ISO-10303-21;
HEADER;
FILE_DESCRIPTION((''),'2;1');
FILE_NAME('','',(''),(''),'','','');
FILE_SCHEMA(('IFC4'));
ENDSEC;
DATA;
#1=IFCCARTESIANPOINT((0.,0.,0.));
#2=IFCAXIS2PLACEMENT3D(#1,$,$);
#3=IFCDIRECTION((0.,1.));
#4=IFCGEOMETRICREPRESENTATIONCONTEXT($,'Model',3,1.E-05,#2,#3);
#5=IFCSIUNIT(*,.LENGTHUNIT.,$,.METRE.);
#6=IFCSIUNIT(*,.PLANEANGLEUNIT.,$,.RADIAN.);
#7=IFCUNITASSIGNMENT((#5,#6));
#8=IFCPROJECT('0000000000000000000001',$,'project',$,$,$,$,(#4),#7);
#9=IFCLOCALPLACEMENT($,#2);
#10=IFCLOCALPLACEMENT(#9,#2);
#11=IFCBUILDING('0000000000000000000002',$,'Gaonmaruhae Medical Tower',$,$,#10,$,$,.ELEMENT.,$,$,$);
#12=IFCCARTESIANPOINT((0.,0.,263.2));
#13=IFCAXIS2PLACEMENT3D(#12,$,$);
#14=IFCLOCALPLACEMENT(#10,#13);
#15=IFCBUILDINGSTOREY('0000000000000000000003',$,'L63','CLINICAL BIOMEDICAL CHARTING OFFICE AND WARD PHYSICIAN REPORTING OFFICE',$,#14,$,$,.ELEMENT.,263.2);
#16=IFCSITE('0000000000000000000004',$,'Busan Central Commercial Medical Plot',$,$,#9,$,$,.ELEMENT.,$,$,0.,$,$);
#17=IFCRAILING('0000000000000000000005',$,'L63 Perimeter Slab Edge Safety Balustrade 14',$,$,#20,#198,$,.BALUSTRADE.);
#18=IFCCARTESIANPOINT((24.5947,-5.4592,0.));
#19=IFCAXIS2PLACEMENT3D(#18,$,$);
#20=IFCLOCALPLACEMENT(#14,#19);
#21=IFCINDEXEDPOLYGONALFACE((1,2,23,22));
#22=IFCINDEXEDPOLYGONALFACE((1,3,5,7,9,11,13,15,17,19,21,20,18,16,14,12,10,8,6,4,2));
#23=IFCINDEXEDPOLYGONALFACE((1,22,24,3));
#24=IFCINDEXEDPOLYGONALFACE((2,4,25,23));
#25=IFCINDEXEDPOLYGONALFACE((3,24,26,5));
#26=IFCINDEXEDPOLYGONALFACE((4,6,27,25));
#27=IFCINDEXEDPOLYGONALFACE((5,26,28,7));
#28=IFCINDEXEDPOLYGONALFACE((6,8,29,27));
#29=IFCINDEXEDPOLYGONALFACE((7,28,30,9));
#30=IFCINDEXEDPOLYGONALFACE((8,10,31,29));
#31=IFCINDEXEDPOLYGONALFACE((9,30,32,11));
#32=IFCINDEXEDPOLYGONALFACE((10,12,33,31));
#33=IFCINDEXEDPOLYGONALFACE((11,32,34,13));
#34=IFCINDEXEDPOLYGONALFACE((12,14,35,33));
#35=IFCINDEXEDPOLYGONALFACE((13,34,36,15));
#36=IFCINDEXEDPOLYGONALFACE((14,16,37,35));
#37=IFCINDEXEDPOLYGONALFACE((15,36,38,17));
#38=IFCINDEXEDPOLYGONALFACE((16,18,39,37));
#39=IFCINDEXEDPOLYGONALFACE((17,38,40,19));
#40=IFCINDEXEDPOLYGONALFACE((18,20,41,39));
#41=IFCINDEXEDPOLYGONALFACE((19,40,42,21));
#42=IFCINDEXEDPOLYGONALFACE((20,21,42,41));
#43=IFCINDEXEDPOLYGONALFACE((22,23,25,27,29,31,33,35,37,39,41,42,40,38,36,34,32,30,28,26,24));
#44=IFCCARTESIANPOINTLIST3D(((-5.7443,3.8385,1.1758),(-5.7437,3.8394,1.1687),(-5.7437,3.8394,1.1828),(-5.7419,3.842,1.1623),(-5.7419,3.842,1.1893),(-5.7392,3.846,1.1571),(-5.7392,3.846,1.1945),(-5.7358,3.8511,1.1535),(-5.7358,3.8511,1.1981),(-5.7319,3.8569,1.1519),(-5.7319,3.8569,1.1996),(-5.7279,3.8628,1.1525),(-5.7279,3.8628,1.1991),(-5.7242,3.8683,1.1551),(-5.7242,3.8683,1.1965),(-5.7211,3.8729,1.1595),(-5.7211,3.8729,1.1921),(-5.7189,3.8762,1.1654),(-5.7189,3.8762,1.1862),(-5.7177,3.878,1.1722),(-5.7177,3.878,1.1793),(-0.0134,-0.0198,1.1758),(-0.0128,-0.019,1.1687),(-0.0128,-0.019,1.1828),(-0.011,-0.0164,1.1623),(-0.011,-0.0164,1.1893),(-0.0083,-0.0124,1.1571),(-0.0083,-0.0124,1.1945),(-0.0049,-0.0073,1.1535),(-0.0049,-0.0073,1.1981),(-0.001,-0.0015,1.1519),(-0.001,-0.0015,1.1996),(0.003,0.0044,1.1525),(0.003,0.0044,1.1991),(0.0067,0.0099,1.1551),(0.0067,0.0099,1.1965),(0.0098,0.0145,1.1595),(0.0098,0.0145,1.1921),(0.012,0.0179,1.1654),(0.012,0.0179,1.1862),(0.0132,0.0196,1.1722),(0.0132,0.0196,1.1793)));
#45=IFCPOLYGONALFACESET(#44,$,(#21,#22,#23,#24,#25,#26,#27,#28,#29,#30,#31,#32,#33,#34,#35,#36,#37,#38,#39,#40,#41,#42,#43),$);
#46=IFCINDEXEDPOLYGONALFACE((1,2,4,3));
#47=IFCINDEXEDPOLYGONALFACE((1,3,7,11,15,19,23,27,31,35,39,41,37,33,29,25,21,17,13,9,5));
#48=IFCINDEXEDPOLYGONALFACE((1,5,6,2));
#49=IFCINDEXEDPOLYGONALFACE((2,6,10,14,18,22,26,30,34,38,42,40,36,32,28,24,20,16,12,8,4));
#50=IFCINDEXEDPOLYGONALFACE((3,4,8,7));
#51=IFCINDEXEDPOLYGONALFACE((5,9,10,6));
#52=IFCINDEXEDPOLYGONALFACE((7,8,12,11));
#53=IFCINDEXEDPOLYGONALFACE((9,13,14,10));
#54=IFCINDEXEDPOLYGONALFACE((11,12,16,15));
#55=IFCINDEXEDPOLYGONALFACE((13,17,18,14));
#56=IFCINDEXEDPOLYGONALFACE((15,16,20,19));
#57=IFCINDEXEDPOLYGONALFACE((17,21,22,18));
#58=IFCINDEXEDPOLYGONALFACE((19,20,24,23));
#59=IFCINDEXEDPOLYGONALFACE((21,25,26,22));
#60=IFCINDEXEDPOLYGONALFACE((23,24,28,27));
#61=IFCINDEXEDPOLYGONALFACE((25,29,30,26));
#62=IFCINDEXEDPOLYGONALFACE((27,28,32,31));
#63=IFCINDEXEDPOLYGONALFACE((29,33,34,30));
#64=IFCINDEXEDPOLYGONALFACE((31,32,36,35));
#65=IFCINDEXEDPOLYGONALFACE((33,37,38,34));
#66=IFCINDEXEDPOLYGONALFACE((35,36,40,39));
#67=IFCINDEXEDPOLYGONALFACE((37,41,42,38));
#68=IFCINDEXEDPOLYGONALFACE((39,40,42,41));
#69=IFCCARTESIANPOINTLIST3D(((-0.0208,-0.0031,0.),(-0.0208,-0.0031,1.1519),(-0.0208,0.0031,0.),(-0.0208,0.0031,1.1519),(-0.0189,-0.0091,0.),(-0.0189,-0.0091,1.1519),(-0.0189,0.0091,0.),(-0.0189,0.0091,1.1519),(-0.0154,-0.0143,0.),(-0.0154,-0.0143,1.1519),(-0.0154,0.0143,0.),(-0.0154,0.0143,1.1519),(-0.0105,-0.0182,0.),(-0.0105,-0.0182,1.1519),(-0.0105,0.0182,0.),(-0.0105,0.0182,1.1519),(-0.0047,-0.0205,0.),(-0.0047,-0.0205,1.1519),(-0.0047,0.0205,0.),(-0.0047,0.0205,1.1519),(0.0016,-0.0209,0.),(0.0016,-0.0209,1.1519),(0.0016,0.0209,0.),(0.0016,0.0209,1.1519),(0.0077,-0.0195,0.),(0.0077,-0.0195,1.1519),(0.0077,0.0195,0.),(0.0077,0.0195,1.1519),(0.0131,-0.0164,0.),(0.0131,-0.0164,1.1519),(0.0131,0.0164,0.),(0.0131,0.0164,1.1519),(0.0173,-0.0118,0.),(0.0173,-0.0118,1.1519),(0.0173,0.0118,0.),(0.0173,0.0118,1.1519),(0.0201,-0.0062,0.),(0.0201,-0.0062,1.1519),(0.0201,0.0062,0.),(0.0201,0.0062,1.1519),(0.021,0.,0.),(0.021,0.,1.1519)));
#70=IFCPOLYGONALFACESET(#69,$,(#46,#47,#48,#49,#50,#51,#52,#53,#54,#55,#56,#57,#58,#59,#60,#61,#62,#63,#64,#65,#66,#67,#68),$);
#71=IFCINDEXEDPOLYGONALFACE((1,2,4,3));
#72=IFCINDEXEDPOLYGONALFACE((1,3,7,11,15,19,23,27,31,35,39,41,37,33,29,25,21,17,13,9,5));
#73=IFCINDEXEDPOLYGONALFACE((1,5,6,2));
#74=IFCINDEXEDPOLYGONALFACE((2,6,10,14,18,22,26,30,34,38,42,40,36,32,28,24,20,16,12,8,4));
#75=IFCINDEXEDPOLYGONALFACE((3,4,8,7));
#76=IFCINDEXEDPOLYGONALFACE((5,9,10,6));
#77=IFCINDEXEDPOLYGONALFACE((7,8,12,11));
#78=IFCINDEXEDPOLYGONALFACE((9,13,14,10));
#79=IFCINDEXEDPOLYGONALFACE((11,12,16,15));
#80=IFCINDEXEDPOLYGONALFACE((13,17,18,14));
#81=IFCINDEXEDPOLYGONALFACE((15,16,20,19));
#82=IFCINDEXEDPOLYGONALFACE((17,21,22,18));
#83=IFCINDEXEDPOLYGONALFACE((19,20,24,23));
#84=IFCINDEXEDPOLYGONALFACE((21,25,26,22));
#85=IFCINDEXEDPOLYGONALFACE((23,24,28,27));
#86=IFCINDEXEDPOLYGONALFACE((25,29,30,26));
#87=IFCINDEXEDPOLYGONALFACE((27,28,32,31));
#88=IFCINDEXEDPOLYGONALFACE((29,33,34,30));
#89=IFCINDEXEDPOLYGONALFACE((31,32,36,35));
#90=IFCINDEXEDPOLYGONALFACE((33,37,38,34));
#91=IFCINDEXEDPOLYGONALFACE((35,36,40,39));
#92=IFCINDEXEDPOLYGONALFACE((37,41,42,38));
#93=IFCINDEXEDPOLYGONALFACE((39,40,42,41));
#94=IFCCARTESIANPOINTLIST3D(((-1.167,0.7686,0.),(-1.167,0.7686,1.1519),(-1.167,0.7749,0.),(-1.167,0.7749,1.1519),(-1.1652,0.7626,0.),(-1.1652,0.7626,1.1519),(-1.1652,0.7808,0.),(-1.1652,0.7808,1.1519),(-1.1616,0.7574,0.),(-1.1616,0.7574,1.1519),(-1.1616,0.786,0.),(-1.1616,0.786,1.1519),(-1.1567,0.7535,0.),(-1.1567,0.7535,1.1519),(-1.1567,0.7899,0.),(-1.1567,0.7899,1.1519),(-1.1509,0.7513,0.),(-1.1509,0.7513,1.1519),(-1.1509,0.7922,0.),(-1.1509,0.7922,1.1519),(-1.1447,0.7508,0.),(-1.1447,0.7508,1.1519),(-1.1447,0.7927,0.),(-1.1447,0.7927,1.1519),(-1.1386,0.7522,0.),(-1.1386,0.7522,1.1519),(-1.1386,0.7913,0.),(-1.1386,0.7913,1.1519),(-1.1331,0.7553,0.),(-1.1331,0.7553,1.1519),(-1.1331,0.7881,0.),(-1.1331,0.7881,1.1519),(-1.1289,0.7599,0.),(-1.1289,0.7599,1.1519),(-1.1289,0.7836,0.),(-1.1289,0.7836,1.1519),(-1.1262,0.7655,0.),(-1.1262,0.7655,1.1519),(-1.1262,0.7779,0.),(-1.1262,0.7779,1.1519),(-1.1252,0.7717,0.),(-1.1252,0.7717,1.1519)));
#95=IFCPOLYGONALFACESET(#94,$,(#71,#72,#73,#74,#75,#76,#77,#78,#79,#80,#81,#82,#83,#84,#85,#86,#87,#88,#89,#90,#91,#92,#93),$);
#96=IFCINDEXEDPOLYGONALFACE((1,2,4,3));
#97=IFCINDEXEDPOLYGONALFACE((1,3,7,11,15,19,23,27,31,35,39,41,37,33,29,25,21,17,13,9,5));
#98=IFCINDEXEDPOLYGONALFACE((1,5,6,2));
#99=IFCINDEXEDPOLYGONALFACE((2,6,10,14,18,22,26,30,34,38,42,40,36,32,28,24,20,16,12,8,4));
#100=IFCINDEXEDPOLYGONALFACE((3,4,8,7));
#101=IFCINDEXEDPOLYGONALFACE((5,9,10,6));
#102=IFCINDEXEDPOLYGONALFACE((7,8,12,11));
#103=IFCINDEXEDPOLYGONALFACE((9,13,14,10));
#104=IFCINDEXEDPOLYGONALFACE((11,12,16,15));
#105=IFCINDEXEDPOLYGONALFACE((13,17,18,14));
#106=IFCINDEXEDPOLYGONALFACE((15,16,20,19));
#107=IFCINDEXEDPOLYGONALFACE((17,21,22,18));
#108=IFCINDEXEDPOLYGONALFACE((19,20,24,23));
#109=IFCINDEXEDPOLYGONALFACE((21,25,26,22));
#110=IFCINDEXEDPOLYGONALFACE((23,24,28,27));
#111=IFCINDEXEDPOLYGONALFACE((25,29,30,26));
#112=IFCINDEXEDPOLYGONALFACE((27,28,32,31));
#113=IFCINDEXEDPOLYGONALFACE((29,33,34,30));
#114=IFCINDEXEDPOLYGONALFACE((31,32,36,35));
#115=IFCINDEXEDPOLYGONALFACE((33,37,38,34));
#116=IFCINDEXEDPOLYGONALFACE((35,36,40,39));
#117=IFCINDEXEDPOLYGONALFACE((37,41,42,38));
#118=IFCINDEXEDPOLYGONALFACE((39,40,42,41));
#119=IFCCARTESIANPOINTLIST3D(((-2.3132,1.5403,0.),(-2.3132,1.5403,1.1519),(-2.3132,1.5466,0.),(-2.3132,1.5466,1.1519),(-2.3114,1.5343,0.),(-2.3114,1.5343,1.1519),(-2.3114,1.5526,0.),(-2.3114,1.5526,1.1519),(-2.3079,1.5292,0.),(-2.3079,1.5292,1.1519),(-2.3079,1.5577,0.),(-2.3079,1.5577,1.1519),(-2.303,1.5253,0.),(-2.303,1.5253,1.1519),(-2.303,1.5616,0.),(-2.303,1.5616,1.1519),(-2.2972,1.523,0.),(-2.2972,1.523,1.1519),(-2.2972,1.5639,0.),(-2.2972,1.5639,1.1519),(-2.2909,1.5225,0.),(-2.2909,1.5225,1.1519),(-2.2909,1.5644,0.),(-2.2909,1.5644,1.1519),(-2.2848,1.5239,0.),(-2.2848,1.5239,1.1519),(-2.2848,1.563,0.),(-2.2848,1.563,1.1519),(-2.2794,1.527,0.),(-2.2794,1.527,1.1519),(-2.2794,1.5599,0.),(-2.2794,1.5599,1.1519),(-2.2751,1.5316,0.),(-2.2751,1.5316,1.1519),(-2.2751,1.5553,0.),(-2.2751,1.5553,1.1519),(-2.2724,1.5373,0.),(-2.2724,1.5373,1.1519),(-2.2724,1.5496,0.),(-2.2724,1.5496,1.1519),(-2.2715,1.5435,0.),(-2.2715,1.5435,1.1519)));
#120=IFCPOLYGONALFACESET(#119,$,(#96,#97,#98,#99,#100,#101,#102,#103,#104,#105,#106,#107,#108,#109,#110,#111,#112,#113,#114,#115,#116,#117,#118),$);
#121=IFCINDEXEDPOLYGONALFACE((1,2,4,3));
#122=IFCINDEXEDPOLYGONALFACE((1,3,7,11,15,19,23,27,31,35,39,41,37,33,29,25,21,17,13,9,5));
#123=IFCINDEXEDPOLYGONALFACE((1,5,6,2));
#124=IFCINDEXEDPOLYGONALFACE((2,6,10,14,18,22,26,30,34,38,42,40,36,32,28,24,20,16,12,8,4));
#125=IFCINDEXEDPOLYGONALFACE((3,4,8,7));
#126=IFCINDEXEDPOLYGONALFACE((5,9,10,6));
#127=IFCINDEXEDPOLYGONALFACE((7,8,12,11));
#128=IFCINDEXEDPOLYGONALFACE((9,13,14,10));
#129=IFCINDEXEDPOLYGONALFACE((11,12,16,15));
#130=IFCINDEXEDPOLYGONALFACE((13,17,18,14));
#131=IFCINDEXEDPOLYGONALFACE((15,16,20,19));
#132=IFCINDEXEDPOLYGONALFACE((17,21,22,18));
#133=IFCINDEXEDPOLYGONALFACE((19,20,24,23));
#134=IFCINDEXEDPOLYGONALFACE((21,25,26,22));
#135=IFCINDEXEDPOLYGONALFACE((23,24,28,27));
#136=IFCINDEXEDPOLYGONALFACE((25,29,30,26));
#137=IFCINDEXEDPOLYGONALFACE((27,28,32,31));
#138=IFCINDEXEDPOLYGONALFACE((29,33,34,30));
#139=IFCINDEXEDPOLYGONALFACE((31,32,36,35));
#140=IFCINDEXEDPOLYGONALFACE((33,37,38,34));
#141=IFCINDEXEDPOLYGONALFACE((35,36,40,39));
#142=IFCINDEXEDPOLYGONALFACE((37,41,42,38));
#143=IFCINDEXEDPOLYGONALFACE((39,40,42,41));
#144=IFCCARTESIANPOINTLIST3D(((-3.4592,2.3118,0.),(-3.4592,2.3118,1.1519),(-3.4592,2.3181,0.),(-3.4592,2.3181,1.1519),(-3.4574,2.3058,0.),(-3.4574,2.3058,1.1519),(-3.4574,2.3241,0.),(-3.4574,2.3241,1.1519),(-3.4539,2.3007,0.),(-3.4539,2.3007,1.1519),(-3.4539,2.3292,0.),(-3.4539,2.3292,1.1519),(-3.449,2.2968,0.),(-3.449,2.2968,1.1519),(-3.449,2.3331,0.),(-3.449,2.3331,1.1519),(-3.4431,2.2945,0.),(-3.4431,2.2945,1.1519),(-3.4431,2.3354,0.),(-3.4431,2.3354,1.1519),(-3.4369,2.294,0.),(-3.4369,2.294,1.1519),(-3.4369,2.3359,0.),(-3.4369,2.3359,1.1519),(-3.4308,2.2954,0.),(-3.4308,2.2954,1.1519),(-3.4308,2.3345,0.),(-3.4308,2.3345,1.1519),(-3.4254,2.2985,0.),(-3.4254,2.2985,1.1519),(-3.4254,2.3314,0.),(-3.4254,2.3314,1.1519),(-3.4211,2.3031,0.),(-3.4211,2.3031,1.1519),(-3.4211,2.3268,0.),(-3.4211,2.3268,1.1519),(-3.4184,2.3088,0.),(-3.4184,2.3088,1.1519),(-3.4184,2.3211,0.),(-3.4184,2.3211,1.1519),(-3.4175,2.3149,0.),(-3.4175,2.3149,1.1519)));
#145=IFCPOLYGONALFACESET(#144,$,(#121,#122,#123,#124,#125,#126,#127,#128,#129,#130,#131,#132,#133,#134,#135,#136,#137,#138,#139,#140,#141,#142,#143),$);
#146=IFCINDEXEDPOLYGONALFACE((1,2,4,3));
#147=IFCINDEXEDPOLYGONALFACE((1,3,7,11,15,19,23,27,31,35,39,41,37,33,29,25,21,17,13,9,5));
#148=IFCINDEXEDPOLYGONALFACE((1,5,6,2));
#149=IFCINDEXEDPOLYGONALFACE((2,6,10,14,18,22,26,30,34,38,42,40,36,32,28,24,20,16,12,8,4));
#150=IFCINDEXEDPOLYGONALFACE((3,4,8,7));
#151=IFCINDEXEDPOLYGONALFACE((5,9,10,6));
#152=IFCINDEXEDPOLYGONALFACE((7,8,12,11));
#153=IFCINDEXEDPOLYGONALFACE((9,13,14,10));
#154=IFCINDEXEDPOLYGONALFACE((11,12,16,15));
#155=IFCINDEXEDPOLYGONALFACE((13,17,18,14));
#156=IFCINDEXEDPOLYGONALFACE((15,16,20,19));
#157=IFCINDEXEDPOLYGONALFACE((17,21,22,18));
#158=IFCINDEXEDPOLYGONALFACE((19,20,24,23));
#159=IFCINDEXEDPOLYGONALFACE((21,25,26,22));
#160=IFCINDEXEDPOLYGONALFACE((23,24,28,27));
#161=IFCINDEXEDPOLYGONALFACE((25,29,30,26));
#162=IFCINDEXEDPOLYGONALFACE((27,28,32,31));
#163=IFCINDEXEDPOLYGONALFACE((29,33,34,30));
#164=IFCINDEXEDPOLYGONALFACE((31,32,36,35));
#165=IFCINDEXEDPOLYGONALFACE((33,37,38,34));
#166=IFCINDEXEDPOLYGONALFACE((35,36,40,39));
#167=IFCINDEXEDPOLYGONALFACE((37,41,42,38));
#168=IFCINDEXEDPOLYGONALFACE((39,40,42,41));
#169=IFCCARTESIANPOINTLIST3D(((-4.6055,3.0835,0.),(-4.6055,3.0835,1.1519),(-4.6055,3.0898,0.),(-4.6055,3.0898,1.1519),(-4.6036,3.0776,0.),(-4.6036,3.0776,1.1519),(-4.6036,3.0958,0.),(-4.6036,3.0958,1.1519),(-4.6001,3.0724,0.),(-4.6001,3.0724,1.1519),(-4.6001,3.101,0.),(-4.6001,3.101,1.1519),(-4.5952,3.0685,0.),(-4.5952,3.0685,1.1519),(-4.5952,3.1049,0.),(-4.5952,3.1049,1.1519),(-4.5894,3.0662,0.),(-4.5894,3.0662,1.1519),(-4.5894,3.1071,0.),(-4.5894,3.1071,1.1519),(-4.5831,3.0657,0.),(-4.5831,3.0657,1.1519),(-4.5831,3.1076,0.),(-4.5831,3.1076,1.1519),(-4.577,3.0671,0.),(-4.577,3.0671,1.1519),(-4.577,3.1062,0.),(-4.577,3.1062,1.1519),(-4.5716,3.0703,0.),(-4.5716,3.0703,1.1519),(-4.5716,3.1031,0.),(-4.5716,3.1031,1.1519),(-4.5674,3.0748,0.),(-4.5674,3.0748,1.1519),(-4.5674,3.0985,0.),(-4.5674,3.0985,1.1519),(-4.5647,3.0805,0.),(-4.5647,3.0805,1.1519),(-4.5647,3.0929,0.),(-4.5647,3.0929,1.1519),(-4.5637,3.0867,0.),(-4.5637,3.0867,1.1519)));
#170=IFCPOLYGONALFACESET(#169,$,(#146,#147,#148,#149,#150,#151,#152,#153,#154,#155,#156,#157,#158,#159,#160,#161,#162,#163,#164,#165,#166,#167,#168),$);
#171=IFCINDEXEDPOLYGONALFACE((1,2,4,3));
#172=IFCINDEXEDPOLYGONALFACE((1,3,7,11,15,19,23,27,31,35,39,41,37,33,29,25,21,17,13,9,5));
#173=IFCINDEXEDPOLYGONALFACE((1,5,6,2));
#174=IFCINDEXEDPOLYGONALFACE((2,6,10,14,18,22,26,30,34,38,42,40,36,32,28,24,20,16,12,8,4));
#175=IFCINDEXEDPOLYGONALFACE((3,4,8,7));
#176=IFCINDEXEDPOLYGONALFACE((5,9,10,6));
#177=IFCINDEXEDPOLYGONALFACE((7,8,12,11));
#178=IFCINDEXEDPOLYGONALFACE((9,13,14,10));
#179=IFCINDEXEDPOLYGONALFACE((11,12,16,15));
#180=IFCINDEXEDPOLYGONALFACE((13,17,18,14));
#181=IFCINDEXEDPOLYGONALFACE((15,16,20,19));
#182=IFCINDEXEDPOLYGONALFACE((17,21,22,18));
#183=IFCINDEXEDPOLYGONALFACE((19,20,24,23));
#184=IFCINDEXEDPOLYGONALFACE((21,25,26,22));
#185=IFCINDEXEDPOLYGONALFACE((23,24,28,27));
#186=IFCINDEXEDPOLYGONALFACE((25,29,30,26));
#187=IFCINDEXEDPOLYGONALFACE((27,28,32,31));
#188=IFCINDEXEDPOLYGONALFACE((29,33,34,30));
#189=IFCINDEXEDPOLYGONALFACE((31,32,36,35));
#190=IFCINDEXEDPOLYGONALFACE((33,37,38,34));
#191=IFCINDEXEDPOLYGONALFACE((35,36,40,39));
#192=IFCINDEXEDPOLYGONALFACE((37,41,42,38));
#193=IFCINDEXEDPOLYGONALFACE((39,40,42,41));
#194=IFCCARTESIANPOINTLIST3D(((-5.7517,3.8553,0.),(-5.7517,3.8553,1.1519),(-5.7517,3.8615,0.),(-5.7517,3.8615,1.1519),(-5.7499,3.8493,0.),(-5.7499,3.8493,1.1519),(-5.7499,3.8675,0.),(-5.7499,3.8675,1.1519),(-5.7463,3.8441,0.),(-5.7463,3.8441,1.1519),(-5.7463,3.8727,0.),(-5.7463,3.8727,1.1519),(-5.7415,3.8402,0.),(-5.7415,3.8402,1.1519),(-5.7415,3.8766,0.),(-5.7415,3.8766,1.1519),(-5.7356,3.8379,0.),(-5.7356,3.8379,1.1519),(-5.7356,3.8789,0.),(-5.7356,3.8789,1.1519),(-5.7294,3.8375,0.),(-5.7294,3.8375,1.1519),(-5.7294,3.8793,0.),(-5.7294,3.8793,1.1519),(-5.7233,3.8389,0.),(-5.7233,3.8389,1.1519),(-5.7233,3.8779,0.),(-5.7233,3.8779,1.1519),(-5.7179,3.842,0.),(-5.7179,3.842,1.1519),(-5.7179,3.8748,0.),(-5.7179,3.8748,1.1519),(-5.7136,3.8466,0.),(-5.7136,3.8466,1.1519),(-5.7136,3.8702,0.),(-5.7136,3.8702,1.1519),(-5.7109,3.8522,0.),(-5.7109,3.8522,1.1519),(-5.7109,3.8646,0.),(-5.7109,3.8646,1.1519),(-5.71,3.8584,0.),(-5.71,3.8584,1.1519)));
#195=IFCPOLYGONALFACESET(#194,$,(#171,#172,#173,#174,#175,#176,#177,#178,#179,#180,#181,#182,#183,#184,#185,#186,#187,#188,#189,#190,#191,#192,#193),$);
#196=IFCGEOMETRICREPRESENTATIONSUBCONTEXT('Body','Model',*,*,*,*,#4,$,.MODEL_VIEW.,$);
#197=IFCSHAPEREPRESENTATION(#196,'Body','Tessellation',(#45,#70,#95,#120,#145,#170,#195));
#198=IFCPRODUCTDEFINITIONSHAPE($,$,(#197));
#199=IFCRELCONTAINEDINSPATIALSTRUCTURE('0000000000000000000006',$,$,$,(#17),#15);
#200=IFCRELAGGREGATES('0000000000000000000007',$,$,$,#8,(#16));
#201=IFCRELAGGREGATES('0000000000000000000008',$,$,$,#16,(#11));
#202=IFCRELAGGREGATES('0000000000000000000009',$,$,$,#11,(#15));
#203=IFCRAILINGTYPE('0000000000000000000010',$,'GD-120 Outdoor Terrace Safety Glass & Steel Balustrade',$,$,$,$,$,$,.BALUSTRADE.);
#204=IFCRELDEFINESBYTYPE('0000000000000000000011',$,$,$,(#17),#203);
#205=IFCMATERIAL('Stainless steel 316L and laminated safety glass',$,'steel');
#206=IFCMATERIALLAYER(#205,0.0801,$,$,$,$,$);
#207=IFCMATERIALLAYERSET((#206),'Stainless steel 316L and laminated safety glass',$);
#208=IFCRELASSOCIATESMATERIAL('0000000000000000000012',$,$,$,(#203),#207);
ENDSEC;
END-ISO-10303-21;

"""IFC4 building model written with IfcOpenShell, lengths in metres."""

from ifc_helpers import new_model, si_unit, direction, frame, origin, origin_2d, place, context, subcontext, project, spatial, circle, extrude, material, layer, layer_set, type_object, element, save


model = new_model("IFC4")

# Units and contexts
model_context = context("Model", 3, precision=1e-05, world=origin(), true_north=direction((0.0, 1.0)))
body_context = subcontext(model_context, "Body", "Model", "MODEL_VIEW")
ifc_project = project(units=[si_unit("LENGTHUNIT", "METRE"), si_unit("PLANEANGLEUNIT", "RADIAN")], contexts=[model_context])

# Site, building, storey
site_placement = place(None, origin())
site = spatial("IfcSite", under=ifc_project, at=site_placement, Name="Busan Central Commercial Medical Plot", CompositionType="ELEMENT", RefElevation=0.0)
building_placement = place(site_placement, origin())
building = spatial("IfcBuilding", under=site, at=building_placement, Name="Gaonmaruhae Medical Tower", CompositionType="ELEMENT")
storey_placement = place(building_placement, frame((0.0, 0.0, 263.2)))
storey = spatial("IfcBuildingStorey", under=building, at=storey_placement, Name="L63", Description="CLINICAL BIOMEDICAL CHARTING OFFICE AND WARD PHYSICIAN REPORTING OFFICE", CompositionType="ELEMENT", Elevation=263.2)

# Railing
ifc_material_1 = material(Name="Stainless steel 316L and laminated safety glass", Category="steel")
ifc_layer_1 = layer(ifc_material_1, 0.0801)
ifc_layer_set_1 = layer_set([ifc_layer_1], Name="Stainless steel 316L and laminated safety glass")
railing_type = type_object("IfcRailingType", Name="GD-120 Outdoor Terrace Safety Glass & Steel Balustrade", PredefinedType="BALUSTRADE", material=ifc_layer_set_1)
railing_1_placement = place(storey_placement, frame((24.5947, -5.4592, 0.0)))
element("IfcRailing", 1, at=railing_1_placement, inside=storey, type_object=railing_type, Name="L63 Perimeter Slab Edge Safety Balustrade 14", PredefinedType="BALUSTRADE", context=body_context, shape_type="SweptSolid", body=[
    extrude(circle(Radius=0.0239, at=origin_2d()), frame((0.0, 0.0, 1.1758), z_axis=(-0.829519, 0.558478, 0.0), x_axis=(-0.558478, -0.829519, 0.0)), (0.0, 0.0, 1.0), 6.9087),
    extrude(circle(Radius=0.021, at=origin_2d()), origin(), (0.0, 0.0, 1.0), 1.1519),
    extrude(circle(Radius=0.021, at=origin_2d()), frame((-1.1462, 0.7717, 0.0)), (0.0, 0.0, 1.0), 1.1519),
    extrude(circle(Radius=0.021, at=origin_2d()), frame((-2.2925, 1.5435, 0.0)), (0.0, 0.0, 1.0), 1.1519),
    extrude(circle(Radius=0.021, at=origin_2d()), frame((-3.4385, 2.3149, 0.0)), (0.0, 0.0, 1.0), 1.1519),
    extrude(circle(Radius=0.021, at=origin_2d()), frame((-4.5847, 3.0867, 0.0)), (0.0, 0.0, 1.0), 1.1519),
    extrude(circle(Radius=0.021, at=origin_2d()), frame((-5.731, 3.8584, 0.0)), (0.0, 0.0, 1.0), 1.1519),
])

save(model, "model.ifc")
